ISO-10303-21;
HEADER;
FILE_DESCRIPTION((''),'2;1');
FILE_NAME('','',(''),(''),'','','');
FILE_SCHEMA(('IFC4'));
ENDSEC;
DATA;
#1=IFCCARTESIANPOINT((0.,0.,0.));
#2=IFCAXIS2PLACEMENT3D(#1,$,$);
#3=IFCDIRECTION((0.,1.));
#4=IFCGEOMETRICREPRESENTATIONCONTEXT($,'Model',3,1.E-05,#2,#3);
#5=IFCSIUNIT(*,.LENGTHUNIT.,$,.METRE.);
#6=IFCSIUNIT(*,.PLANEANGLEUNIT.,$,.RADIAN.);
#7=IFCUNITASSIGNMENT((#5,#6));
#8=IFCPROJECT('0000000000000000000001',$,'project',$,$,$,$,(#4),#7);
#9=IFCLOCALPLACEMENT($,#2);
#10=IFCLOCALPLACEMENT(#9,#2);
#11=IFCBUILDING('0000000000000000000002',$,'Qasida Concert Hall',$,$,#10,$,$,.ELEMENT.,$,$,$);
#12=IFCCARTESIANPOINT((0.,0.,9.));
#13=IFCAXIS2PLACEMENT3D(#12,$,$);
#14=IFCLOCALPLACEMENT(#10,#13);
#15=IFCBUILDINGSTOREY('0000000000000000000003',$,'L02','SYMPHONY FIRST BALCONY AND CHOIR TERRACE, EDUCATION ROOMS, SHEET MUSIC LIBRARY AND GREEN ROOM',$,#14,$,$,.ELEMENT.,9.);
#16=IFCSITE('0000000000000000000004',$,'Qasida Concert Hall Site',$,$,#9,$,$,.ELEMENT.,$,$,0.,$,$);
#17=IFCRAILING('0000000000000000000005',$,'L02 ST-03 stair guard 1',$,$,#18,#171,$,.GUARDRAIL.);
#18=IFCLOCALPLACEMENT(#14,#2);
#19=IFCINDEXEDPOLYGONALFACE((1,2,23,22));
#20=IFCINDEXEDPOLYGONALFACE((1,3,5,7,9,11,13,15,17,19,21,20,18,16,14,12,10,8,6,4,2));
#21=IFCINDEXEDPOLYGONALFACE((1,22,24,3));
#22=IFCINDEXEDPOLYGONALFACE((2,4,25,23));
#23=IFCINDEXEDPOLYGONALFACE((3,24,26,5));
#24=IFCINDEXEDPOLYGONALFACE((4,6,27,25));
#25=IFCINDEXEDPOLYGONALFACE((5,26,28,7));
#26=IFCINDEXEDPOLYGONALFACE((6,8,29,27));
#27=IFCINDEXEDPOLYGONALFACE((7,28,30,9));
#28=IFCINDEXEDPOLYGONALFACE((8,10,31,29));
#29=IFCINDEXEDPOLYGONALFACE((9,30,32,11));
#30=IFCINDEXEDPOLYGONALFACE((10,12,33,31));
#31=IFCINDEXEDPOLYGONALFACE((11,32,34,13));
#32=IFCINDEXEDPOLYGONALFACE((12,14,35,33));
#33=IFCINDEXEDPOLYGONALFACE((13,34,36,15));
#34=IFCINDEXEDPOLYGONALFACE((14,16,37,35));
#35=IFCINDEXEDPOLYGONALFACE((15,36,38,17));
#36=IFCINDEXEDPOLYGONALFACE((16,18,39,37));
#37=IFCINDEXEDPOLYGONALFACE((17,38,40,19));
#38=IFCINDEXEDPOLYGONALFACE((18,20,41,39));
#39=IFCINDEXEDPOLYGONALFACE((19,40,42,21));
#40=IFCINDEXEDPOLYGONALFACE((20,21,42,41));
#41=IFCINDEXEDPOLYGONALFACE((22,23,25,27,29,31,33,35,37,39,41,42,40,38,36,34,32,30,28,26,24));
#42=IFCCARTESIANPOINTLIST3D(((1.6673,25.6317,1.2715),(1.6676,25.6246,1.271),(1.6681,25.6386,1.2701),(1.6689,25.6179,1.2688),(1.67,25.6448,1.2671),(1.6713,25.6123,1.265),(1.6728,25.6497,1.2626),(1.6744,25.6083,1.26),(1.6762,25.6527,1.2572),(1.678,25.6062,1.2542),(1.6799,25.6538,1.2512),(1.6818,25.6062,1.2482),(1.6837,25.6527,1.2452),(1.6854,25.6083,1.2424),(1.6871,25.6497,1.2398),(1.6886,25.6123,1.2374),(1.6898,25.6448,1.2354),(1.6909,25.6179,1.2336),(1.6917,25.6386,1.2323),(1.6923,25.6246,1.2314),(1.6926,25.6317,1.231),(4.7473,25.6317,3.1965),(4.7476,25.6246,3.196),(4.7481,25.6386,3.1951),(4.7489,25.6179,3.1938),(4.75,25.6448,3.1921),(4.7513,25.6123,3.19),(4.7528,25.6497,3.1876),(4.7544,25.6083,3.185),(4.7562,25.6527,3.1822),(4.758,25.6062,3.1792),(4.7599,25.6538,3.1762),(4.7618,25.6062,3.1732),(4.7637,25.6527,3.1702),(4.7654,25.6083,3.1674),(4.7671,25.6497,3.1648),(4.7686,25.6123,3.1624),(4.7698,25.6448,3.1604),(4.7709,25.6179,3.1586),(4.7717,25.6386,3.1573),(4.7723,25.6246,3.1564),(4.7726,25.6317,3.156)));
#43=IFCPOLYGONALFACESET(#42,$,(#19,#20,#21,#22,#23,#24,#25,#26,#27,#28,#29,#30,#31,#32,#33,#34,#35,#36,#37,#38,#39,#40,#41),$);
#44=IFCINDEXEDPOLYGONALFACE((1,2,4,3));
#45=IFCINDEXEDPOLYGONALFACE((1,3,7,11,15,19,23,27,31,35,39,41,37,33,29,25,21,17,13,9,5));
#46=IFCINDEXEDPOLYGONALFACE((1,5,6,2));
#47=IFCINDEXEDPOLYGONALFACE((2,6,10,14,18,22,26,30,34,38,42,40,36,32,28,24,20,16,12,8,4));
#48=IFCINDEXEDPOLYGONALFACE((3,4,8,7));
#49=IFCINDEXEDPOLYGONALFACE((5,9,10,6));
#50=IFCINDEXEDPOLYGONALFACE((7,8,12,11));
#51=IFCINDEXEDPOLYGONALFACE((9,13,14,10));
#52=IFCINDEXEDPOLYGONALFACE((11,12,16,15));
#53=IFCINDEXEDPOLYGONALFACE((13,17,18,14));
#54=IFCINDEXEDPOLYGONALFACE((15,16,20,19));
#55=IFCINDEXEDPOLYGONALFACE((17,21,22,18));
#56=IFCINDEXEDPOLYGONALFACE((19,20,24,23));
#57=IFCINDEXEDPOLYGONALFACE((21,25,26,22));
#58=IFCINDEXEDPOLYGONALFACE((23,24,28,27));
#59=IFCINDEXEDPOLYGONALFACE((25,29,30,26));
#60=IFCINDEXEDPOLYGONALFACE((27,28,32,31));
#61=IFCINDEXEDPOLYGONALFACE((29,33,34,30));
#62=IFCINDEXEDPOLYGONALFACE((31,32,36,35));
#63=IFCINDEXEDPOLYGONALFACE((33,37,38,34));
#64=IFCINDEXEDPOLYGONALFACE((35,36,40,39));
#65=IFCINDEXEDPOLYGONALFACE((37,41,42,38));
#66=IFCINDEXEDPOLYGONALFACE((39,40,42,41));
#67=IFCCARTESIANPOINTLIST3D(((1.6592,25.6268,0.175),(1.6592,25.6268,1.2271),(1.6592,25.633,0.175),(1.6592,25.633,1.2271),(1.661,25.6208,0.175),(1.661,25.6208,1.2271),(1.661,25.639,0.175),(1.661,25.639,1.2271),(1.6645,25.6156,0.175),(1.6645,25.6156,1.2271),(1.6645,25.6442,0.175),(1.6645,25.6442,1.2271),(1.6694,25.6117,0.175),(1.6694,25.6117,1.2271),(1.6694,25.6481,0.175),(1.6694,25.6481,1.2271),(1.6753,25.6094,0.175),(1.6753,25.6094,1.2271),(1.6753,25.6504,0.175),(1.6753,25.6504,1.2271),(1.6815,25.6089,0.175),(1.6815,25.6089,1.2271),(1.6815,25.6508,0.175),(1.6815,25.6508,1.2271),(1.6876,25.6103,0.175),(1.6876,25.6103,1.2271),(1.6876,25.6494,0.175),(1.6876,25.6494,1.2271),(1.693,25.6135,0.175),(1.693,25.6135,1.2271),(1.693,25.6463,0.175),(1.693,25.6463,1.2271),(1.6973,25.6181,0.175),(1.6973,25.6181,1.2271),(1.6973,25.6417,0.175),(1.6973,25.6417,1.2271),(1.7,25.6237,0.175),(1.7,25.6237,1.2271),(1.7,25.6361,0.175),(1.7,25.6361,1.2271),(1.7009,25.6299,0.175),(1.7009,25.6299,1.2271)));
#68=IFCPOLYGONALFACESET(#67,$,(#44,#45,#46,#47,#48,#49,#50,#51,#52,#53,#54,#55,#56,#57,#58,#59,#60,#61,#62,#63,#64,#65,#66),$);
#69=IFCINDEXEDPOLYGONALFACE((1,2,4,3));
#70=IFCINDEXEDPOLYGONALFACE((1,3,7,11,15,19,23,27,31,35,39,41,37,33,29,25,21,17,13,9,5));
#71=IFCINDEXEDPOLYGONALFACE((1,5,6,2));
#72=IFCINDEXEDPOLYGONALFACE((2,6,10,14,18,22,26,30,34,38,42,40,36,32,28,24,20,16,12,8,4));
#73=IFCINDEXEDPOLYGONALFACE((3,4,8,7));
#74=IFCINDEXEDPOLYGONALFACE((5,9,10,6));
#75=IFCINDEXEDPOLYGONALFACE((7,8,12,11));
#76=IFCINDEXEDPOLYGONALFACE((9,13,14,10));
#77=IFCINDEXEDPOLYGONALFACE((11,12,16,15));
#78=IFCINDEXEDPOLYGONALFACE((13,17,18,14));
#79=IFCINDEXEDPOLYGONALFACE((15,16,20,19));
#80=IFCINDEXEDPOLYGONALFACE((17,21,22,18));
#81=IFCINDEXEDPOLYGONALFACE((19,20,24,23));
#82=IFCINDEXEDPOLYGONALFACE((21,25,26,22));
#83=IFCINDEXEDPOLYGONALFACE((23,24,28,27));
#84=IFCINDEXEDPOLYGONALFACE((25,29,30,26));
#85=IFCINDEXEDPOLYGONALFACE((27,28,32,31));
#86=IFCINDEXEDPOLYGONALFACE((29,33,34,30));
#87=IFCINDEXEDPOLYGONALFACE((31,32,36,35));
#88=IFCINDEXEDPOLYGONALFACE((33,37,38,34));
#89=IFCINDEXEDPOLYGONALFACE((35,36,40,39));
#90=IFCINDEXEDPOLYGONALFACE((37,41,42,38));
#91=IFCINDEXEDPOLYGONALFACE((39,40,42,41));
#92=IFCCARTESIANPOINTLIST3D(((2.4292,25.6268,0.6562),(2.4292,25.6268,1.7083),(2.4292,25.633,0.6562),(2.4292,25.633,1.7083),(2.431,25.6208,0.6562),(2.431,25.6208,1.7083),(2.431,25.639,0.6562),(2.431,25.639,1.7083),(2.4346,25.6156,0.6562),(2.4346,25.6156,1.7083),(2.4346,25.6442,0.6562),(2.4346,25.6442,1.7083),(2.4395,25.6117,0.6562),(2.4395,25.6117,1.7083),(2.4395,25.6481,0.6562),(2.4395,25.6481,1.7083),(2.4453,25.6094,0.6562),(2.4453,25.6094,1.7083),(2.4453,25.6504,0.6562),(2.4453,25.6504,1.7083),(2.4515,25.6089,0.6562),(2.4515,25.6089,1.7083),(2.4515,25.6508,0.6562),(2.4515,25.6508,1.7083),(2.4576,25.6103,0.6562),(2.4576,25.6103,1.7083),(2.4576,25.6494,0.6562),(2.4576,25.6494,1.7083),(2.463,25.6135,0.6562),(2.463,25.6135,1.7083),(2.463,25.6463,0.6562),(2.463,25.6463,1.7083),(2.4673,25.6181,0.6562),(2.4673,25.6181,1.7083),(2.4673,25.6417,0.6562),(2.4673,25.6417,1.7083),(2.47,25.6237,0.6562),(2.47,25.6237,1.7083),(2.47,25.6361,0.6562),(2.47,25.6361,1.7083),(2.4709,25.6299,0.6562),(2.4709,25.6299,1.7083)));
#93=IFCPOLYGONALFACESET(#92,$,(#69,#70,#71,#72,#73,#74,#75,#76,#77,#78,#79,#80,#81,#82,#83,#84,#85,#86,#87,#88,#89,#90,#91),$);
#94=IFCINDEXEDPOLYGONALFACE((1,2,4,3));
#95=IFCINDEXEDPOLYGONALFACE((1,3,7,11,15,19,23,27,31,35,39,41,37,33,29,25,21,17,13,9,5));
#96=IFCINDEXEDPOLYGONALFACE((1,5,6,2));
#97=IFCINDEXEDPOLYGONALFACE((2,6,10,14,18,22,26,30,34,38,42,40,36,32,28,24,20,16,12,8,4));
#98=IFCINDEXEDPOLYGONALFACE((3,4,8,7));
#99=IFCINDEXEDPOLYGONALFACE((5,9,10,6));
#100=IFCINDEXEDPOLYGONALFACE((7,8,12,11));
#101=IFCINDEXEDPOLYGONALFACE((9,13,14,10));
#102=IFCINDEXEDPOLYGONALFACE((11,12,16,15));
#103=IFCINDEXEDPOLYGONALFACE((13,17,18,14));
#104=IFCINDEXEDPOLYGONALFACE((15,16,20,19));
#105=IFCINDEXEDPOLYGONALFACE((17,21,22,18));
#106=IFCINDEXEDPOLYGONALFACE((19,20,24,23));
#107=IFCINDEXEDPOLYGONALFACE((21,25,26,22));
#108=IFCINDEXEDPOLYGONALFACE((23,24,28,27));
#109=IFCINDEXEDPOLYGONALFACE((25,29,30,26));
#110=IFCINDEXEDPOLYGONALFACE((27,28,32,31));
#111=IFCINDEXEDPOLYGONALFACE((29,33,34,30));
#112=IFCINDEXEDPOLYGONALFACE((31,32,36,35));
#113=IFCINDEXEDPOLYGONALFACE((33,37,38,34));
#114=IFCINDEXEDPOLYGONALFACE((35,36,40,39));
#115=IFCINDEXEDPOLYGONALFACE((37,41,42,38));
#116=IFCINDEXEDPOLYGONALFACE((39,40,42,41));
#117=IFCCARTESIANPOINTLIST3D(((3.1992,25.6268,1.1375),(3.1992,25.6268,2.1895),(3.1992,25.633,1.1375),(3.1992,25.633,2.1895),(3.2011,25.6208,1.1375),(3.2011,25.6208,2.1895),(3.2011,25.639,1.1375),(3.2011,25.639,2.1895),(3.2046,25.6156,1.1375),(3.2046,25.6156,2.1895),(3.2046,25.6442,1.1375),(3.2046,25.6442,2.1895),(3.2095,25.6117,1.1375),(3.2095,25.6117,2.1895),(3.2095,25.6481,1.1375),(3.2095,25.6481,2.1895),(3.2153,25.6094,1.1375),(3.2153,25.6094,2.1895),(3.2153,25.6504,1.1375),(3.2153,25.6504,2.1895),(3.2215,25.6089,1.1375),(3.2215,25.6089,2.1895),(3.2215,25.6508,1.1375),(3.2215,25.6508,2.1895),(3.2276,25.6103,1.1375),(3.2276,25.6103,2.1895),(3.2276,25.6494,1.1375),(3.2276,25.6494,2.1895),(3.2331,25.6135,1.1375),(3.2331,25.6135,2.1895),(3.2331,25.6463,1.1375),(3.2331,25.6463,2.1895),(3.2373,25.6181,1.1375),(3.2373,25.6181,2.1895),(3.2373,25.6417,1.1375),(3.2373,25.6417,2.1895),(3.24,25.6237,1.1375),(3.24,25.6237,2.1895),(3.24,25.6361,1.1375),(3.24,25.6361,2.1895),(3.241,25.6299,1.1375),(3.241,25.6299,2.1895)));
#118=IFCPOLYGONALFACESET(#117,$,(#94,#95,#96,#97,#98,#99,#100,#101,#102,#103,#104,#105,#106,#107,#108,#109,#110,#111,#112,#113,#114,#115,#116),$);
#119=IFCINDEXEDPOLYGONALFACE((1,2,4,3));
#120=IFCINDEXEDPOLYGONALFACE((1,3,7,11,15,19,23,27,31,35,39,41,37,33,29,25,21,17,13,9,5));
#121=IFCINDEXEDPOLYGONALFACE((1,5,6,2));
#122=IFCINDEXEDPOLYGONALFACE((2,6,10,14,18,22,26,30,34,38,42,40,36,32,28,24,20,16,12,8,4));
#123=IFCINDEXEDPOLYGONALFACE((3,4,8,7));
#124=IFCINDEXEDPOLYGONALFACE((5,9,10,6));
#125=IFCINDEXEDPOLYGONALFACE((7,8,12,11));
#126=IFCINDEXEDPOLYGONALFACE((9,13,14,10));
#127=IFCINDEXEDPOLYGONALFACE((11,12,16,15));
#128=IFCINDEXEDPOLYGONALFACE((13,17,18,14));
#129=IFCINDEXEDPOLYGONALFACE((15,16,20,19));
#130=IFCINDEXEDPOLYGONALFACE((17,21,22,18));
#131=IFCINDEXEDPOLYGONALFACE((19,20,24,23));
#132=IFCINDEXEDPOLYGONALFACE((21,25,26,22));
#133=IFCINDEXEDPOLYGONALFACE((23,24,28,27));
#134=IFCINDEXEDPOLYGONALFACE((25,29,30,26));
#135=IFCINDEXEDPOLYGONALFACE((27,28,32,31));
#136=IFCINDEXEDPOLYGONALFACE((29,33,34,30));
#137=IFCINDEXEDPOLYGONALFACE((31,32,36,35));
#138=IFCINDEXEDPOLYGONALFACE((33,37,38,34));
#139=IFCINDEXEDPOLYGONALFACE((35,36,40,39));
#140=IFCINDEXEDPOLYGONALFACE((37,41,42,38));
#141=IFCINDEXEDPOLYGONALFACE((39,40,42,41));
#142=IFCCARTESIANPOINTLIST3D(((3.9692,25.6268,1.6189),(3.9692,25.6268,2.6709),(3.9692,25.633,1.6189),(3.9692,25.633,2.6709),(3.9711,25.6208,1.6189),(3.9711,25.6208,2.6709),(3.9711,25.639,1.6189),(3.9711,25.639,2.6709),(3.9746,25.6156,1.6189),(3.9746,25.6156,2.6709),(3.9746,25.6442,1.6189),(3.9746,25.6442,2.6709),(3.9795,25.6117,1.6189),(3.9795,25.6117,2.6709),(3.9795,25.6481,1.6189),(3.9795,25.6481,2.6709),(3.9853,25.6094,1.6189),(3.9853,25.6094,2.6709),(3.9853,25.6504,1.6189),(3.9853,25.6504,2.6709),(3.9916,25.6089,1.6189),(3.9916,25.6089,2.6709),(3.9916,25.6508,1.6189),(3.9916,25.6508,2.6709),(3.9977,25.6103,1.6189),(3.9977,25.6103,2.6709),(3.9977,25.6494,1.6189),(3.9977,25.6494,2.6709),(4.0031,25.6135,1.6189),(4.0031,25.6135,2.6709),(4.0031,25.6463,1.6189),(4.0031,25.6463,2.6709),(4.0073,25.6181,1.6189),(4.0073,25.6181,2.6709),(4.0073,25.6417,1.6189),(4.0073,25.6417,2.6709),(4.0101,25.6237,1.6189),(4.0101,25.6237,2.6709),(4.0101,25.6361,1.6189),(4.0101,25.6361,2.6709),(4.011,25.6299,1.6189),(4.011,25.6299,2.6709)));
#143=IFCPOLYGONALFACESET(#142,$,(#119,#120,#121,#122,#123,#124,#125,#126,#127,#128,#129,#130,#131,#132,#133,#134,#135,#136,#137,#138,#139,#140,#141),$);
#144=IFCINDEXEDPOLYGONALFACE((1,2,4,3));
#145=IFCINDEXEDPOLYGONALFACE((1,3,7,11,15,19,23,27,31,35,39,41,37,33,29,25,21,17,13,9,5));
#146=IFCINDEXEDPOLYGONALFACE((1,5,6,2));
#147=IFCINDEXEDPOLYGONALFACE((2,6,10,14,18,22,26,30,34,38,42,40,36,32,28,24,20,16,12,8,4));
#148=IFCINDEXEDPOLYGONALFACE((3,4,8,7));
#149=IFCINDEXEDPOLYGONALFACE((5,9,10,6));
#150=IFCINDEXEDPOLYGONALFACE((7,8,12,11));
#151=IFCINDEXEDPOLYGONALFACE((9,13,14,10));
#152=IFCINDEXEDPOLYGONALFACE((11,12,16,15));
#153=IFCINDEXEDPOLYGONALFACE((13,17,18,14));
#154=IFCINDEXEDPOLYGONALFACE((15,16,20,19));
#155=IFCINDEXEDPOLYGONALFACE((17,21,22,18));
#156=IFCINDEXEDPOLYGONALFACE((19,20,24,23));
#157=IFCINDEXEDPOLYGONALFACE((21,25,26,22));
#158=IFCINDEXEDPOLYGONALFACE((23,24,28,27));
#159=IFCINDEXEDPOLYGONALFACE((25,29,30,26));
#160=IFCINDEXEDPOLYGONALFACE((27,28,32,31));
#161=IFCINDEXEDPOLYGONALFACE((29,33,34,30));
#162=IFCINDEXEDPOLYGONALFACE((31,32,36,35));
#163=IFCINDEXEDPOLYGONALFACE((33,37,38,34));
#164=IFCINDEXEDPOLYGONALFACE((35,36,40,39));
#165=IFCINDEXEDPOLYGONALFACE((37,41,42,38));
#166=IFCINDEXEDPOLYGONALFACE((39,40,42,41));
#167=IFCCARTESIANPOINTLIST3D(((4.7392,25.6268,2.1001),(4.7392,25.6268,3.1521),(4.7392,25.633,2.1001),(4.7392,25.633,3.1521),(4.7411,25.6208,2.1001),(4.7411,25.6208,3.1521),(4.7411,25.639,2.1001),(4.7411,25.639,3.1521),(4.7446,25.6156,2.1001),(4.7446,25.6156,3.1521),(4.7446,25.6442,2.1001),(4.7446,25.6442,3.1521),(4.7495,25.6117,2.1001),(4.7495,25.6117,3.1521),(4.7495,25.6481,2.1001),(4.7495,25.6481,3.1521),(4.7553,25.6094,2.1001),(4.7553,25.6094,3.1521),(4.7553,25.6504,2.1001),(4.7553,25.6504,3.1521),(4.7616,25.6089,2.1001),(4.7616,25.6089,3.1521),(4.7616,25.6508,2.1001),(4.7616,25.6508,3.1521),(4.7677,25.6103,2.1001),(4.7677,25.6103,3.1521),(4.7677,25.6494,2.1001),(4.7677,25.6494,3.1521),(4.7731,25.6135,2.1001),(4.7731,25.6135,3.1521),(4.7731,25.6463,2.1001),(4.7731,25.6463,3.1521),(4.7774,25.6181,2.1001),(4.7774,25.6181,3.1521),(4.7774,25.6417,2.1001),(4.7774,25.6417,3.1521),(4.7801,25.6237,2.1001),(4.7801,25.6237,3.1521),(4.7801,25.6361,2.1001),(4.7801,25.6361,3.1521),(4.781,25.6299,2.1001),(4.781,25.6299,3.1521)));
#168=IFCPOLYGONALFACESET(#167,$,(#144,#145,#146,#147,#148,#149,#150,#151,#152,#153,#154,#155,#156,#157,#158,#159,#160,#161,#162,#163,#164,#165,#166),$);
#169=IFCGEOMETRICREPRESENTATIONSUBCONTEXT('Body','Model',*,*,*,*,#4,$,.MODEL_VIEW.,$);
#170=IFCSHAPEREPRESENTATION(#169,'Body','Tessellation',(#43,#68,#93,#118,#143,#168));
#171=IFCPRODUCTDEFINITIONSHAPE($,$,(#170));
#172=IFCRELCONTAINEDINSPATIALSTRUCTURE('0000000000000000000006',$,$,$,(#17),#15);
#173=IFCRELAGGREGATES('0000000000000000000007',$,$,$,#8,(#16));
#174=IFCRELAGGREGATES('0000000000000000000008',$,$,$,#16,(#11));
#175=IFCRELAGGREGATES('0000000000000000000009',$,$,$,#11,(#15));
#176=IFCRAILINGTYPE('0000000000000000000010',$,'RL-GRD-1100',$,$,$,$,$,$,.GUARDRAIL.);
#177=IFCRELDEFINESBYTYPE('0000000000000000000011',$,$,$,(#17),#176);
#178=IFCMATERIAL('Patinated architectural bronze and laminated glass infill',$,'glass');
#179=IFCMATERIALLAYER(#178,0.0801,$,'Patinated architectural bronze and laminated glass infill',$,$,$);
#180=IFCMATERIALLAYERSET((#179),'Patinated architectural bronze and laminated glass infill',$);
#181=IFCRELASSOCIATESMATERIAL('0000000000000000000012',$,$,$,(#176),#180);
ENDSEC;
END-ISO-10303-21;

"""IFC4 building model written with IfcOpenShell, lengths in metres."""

from ifc_helpers import new_model, si_unit, direction, frame, origin, origin_2d, place, context, subcontext, project, spatial, circle, extrude, material, layer, layer_set, type_object, element, save


model = new_model("IFC4")

# Units and contexts
model_context = context("Model", 3, precision=1e-05, world=origin(), true_north=direction((0.0, 1.0)))
body_context = subcontext(model_context, "Body", "Model", "MODEL_VIEW")
ifc_project = project(units=[si_unit("LENGTHUNIT", "METRE"), si_unit("PLANEANGLEUNIT", "RADIAN")], contexts=[model_context])

# Site, building, storey
site_placement = place(None, origin())
site = spatial("IfcSite", under=ifc_project, at=site_placement, Name="Qasida Concert Hall Site", CompositionType="ELEMENT", RefElevation=0.0)
building_placement = place(site_placement, origin())
building = spatial("IfcBuilding", under=site, at=building_placement, Name="Qasida Concert Hall", CompositionType="ELEMENT")
storey_placement = place(building_placement, frame((0.0, 0.0, 9.0)))
storey = spatial("IfcBuildingStorey", under=building, at=storey_placement, Name="L02", Description="SYMPHONY FIRST BALCONY AND CHOIR TERRACE, EDUCATION ROOMS, SHEET MUSIC LIBRARY AND GREEN ROOM", CompositionType="ELEMENT", Elevation=9.0)

# Railing
ifc_material_1 = material(Name="Patinated architectural bronze and laminated glass infill", Category="glass")
ifc_layer_1 = layer(ifc_material_1, 0.0801, Name="Patinated architectural bronze and laminated glass infill")
ifc_layer_set_1 = layer_set([ifc_layer_1], Name="Patinated architectural bronze and laminated glass infill")
railing_type_1 = type_object("IfcRailingType", Name="RL-GRD-1100", PredefinedType="GUARDRAIL", material=ifc_layer_set_1)
railing_1_placement = place(storey_placement, frame((1.6799, 25.6299, 0.175)))
element("IfcRailing", 1, at=railing_1_placement, inside=storey, type_object=railing_type_1, Name="L02 ST-03 stair guard 1", PredefinedType="GUARDRAIL", context=body_context, shape_type="SweptSolid", body=[
    extrude(circle(Radius=0.0239, at=origin_2d()), frame((0.0, 0.0, 1.0762), z_axis=(0.847998, 0.0, 0.529999), x_axis=(0.0, 1.0, 0.0)), (0.0, 0.0, 1.0), 3.6321),
    extrude(circle(Radius=0.021, at=origin_2d()), origin(), (0.0, 0.0, 1.0), 1.052),
    extrude(circle(Radius=0.021, at=origin_2d()), frame((0.77, 0.0, 0.4812)), (0.0, 0.0, 1.0), 1.052),
    extrude(circle(Radius=0.021, at=origin_2d()), frame((1.54, 0.0, 0.9624)), (0.0, 0.0, 1.0), 1.052),
    extrude(circle(Radius=0.021, at=origin_2d()), frame((2.3101, 0.0, 1.4438)), (0.0, 0.0, 1.0), 1.052),
    extrude(circle(Radius=0.021, at=origin_2d()), frame((3.0801, 0.0, 1.925)), (0.0, 0.0, 1.0), 1.052),
])

save(model, "model.ifc")
